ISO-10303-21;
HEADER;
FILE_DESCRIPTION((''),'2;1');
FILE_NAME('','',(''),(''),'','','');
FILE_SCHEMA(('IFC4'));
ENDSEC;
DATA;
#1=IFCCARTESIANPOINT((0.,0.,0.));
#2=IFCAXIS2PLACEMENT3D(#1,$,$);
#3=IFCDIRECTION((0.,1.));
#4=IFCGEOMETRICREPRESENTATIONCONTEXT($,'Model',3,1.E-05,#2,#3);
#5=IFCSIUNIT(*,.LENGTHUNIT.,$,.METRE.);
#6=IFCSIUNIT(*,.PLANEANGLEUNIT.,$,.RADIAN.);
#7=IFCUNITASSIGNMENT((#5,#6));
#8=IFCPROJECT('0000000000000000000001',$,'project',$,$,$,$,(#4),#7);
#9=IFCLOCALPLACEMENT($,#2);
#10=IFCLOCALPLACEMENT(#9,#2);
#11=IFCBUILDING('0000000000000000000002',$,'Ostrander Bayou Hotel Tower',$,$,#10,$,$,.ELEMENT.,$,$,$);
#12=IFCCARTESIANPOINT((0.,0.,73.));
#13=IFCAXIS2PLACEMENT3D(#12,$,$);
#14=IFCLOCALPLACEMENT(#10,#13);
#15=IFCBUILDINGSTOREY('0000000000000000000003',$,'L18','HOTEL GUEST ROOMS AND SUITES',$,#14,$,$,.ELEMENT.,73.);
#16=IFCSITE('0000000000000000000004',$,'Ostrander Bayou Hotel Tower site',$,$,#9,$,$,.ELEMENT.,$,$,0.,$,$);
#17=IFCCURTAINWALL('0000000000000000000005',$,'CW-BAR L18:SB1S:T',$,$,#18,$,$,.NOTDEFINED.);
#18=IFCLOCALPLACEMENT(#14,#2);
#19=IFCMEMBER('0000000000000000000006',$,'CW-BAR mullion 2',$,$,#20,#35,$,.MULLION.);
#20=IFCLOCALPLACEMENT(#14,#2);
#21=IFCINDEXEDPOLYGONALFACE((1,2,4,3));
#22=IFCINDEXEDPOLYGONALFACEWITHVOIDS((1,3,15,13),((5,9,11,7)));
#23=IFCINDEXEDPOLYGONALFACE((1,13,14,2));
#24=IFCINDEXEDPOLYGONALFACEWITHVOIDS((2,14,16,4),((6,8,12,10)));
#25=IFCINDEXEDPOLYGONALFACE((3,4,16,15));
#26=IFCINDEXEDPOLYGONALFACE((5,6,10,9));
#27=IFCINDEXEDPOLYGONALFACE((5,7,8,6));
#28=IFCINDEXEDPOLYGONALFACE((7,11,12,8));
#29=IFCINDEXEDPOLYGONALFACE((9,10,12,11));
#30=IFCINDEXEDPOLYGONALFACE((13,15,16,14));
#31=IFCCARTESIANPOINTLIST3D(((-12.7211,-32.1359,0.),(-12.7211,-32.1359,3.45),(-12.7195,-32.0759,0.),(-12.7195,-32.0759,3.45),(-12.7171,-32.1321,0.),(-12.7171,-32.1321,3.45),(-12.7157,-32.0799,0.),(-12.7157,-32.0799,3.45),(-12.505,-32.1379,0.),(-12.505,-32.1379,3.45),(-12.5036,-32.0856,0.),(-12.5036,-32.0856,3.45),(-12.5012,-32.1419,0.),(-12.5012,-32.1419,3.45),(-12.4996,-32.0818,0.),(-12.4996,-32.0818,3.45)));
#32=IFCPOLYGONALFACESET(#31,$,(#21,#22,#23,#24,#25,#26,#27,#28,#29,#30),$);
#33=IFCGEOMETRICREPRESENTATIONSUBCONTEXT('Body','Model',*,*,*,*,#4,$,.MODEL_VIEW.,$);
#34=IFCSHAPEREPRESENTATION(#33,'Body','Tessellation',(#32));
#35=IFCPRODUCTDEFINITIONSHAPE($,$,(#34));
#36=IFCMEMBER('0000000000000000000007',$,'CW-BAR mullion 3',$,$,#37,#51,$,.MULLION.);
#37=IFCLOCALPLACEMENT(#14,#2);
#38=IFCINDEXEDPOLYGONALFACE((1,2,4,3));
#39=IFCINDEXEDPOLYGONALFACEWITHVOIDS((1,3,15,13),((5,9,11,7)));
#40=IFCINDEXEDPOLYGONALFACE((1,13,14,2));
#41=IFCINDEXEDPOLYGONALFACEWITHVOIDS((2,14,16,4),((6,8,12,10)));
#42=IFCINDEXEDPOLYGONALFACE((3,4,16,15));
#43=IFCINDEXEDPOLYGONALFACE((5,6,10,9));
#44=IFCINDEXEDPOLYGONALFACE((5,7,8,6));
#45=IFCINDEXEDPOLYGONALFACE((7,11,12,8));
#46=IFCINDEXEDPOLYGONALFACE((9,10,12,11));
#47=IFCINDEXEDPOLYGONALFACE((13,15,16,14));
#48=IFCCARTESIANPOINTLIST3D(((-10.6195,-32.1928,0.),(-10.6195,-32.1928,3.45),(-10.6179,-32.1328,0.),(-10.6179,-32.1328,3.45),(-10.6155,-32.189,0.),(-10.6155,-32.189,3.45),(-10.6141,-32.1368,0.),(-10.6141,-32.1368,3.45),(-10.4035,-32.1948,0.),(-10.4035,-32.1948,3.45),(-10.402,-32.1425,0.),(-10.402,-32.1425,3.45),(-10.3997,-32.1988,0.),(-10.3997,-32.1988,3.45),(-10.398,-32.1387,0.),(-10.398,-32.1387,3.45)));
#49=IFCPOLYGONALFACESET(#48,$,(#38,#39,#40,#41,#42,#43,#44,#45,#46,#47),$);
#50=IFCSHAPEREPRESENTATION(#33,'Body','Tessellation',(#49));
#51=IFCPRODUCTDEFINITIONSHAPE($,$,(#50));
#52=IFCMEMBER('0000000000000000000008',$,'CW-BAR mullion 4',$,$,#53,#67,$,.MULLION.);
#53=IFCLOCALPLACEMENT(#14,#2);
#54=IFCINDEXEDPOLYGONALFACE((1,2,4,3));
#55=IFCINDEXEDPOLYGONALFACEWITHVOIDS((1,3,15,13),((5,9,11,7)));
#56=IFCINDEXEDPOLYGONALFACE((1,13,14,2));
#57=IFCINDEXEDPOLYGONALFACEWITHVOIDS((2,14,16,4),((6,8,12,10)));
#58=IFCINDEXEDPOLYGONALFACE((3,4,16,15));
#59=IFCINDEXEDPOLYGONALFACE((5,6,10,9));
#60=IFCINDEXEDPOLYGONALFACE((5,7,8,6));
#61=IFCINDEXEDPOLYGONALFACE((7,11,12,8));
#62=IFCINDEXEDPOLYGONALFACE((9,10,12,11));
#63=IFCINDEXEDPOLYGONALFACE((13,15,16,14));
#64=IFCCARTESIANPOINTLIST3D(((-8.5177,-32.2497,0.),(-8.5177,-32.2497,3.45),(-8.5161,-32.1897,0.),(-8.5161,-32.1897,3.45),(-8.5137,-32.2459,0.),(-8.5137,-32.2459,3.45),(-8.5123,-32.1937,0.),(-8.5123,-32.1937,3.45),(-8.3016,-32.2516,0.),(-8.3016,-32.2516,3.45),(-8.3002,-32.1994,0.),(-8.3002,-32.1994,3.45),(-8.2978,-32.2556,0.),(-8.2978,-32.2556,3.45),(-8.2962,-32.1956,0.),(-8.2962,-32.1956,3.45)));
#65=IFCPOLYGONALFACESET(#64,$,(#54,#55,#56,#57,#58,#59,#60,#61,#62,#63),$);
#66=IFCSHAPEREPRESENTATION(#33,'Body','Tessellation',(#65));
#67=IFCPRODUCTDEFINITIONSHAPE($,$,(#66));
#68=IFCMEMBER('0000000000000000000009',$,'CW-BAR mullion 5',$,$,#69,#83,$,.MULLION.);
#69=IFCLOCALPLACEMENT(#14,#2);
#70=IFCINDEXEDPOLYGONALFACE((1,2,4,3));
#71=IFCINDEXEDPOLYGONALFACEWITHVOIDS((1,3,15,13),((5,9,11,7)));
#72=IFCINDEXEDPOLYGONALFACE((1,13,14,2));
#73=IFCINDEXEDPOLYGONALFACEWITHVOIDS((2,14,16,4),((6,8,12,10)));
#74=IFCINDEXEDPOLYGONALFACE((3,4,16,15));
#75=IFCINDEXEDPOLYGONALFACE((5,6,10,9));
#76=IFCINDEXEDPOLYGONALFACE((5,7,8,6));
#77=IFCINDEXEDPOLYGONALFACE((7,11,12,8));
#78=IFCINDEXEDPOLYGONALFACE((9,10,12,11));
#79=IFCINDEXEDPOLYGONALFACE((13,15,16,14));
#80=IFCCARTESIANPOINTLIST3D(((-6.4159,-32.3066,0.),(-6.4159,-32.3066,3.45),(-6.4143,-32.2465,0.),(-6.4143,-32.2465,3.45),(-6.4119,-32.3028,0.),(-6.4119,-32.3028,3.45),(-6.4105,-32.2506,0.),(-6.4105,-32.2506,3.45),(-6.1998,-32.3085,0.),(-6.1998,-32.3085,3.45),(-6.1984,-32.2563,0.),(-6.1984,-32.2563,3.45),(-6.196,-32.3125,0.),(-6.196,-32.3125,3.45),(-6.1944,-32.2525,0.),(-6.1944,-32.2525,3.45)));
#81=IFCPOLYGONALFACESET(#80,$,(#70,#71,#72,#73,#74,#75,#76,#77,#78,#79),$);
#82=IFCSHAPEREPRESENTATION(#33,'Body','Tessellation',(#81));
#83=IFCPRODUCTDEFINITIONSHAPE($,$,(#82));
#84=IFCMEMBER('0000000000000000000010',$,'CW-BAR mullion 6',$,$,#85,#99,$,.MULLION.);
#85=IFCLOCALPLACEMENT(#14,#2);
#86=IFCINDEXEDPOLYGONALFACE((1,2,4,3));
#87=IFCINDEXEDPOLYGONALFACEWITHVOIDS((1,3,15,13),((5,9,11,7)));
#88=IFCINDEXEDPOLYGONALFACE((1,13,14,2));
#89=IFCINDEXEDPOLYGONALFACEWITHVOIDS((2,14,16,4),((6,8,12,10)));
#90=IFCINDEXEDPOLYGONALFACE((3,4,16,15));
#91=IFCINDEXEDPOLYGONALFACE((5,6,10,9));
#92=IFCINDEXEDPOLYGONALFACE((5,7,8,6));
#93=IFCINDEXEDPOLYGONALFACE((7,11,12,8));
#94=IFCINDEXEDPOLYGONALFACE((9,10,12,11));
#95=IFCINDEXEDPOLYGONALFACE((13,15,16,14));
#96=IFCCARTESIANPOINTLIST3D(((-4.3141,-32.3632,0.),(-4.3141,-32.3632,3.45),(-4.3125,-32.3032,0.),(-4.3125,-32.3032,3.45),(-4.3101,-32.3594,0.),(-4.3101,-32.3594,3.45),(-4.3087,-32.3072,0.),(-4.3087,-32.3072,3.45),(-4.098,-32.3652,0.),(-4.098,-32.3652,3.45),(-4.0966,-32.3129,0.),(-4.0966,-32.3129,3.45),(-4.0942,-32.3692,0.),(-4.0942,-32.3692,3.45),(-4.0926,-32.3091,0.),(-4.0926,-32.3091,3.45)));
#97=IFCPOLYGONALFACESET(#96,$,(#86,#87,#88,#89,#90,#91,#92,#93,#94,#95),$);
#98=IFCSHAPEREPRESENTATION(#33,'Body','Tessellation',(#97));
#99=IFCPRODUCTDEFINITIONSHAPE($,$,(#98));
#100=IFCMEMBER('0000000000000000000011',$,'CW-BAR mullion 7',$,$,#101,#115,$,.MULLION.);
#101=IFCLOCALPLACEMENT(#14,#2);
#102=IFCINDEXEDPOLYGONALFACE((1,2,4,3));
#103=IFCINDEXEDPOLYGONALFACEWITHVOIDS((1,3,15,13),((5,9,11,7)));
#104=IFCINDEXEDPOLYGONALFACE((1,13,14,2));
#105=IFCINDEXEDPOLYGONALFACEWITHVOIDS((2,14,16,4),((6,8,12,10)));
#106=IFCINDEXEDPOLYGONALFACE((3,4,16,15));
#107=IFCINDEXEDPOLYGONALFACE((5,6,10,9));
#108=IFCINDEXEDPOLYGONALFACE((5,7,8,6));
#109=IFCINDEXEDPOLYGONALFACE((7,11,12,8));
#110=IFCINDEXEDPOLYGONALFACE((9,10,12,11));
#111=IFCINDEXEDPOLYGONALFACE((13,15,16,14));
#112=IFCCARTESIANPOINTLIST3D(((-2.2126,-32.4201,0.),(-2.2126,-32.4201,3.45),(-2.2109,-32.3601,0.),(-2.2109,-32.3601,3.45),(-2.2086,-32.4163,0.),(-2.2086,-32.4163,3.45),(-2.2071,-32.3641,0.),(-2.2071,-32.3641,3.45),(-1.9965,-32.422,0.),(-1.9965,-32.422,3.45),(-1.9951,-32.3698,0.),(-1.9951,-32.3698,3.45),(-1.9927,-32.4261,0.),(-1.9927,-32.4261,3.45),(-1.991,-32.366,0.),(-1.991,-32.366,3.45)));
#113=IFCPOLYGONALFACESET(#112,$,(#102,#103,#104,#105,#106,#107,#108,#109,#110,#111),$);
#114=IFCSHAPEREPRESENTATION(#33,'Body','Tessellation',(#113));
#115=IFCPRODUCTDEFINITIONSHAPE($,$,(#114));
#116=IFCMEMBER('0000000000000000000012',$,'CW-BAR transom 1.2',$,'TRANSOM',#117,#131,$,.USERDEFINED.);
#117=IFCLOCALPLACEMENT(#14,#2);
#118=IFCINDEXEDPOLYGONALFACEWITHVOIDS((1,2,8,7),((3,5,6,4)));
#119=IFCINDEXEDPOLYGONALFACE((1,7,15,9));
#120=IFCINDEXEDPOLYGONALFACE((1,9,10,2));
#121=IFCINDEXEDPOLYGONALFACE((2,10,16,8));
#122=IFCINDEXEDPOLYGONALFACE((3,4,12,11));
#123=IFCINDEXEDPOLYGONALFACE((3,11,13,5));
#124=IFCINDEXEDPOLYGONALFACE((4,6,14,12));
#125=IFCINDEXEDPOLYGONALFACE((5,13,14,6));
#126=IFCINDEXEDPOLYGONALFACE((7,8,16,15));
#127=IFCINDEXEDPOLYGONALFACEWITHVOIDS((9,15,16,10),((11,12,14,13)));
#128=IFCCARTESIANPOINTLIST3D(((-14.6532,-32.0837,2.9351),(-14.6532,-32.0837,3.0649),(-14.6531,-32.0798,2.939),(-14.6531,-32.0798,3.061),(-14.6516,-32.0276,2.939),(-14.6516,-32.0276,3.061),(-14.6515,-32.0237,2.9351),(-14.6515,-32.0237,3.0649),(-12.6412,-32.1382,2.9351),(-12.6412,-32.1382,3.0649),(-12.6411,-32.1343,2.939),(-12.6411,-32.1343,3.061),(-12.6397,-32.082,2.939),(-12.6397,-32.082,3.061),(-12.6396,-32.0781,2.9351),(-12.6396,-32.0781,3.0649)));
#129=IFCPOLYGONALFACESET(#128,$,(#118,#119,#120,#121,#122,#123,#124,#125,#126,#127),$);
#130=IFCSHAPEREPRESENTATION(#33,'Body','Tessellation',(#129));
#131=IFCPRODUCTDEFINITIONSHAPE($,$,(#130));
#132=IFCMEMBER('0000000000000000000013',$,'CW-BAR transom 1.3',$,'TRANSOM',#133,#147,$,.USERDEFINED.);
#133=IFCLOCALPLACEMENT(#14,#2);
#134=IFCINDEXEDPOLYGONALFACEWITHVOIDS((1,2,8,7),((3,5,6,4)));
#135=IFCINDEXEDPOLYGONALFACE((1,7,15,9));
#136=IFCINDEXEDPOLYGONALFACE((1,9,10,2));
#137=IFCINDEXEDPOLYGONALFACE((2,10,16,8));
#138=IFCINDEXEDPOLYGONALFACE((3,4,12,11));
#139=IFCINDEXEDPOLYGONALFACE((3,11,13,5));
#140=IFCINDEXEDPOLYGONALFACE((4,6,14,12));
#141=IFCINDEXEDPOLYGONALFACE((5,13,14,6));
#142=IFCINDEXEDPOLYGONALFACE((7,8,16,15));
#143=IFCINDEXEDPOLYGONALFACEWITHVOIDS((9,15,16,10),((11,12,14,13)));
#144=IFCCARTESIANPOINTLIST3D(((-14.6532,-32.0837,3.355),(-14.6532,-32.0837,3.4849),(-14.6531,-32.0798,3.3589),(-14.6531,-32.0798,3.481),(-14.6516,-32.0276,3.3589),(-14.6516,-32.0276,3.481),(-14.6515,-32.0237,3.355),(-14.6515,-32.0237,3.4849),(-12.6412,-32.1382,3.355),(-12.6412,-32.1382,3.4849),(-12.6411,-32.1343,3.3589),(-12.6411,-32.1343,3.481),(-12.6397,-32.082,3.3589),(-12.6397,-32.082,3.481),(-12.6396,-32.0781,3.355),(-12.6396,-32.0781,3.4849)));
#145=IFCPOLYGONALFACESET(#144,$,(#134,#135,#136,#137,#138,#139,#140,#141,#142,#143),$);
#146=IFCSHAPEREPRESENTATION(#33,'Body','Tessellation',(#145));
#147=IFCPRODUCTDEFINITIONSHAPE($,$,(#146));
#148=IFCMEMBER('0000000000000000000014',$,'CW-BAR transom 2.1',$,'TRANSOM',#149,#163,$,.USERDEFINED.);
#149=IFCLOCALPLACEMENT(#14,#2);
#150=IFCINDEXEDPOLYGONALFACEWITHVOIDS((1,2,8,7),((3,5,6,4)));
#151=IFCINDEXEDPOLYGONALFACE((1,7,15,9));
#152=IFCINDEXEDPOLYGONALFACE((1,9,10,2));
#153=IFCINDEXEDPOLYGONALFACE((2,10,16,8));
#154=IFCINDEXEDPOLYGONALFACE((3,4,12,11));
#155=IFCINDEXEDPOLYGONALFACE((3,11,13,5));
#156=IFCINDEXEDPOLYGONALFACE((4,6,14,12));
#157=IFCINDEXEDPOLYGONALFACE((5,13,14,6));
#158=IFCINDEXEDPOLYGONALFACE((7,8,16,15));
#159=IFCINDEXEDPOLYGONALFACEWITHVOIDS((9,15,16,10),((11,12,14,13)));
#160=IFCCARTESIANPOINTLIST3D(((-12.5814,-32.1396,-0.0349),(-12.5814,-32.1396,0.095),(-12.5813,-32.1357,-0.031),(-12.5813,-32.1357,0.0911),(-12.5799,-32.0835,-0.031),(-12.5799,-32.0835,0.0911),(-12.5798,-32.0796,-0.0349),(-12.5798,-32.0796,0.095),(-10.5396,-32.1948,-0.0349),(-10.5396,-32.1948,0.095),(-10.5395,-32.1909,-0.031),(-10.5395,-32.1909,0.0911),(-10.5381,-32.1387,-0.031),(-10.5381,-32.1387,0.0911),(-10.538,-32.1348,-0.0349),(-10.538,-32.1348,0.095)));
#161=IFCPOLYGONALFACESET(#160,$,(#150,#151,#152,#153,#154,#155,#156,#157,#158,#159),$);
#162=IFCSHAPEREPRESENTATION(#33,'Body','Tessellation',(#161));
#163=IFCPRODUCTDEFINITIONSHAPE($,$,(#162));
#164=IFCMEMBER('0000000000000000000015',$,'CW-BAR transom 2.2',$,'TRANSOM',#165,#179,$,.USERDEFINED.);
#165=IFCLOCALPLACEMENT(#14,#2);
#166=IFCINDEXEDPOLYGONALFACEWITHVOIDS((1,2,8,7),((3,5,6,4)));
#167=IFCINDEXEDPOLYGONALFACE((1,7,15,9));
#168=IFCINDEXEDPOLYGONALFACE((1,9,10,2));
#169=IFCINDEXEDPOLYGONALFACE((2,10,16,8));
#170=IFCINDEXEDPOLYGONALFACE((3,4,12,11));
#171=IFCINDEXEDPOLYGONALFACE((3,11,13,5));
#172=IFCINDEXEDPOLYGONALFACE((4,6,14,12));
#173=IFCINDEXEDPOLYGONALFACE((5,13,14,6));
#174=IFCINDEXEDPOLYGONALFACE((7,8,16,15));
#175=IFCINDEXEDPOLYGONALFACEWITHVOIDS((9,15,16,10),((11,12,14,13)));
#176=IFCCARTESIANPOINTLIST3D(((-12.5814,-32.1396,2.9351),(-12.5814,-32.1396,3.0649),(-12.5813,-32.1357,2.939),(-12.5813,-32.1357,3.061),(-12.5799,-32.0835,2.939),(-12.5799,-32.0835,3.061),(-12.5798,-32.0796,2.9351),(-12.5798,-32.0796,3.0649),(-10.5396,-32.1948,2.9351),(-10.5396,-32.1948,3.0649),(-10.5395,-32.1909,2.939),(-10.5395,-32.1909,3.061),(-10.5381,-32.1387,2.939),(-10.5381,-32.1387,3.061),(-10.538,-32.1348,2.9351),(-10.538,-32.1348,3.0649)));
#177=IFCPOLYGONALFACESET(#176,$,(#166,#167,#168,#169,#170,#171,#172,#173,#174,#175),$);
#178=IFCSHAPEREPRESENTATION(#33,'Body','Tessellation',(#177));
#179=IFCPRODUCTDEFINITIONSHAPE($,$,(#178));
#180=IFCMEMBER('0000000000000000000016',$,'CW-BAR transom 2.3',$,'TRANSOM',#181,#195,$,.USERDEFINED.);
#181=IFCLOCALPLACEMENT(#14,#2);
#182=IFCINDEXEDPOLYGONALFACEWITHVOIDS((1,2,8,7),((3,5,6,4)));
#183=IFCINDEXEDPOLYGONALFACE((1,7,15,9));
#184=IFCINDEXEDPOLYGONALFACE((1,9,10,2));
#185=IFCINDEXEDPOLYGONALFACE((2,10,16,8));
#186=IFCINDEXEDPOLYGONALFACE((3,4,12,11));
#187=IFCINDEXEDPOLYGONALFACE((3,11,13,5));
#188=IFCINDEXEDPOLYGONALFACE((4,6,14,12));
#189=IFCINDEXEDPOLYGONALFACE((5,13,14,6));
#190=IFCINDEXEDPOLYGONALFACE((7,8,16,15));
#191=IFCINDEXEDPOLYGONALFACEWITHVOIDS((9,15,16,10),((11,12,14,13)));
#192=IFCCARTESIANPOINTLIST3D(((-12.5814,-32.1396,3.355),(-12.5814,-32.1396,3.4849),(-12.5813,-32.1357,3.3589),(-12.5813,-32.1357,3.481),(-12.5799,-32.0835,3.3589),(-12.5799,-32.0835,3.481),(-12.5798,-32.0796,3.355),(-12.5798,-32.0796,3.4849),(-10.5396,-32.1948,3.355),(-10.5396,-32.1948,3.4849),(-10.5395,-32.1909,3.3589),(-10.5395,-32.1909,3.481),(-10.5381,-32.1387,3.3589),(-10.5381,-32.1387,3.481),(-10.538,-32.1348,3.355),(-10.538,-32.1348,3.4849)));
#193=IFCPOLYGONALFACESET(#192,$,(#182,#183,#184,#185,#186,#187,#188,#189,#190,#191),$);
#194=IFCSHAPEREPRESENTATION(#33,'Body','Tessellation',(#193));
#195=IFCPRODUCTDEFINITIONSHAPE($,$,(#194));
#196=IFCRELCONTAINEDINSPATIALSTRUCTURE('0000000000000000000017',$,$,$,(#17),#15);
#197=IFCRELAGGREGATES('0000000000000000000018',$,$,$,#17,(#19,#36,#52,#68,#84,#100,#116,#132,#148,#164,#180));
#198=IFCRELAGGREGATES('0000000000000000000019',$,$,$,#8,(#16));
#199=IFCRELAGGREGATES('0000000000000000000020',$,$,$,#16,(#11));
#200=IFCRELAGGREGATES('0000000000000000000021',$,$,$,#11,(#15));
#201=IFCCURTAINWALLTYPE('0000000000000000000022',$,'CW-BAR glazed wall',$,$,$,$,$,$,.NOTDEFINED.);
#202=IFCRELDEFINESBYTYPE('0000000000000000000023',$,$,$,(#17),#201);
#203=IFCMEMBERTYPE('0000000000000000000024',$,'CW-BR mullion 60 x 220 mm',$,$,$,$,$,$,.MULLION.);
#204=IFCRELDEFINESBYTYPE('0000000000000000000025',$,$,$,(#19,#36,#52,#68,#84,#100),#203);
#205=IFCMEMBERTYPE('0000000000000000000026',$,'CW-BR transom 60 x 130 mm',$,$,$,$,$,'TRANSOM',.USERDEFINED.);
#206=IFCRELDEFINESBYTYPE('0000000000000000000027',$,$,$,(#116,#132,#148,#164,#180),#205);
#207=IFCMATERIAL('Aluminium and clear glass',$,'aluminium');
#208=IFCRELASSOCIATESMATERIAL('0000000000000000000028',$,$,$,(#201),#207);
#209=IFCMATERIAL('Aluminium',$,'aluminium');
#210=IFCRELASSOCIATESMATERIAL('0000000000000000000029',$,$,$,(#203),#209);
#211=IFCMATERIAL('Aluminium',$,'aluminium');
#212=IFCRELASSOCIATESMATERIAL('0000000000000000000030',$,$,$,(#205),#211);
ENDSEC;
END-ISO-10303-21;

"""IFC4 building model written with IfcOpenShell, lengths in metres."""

from ifc_helpers import new_model, si_unit, direction, frame, origin, origin_2d, place, context, subcontext, project, spatial, hollow_rectangle, extrude, material, material_profile, profile_set, type_object, element, aggregate, save


model = new_model("IFC4")

# Units and contexts
model_context = context("Model", 3, precision=1e-05, world=origin(), true_north=direction((0.0, 1.0)))
body_context = subcontext(model_context, "Body", "Model", "MODEL_VIEW")
ifc_project = project(units=[si_unit("LENGTHUNIT", "METRE"), si_unit("PLANEANGLEUNIT", "RADIAN")], contexts=[model_context])

# Site, building, storey
site_placement = place(None, origin())
site = spatial("IfcSite", under=ifc_project, at=site_placement, Name="Ostrander Bayou Hotel Tower site", CompositionType="ELEMENT", RefElevation=0.0)
building_placement = place(site_placement, origin())
building = spatial("IfcBuilding", under=site, at=building_placement, Name="Ostrander Bayou Hotel Tower", CompositionType="ELEMENT")
storey_placement = place(building_placement, frame((0.0, 0.0, 73.0)))
storey = spatial("IfcBuildingStorey", under=building, at=storey_placement, Name="L18", Description="HOTEL GUEST ROOMS AND SUITES", CompositionType="ELEMENT", Elevation=73.0)

# Curtain wall, members
ifc_material_1 = material(Name="Aluminium and clear glass", Category="aluminium")
curtain_wall_type = type_object("IfcCurtainWallType", Name="CW-BAR glazed wall", PredefinedType="NOTDEFINED", material=ifc_material_1)
curtain_wall_placement = place(storey_placement, origin())
curtain_wall = element("IfcCurtainWall", 1, at=curtain_wall_placement, inside=storey, type_object=curtain_wall_type, Name="CW-BAR L18:SB1S:T", PredefinedType="NOTDEFINED")
ifc_material_2 = material(Name="Aluminium", Category="aluminium")
ifc_material_profile_1 = material_profile(ifc_material_2, hollow_rectangle(XDim=0.0601, YDim=0.22, WallThickness=0.0039, at=origin_2d()))
ifc_profile_set_1 = profile_set([ifc_material_profile_1], Name="Aluminium")
member_type_1 = type_object("IfcMemberType", Name="CW-BR mullion 60 x 220 mm", PredefinedType="MULLION", material=ifc_profile_set_1)
member_1_placement = place(storey_placement, frame((-12.6104, -32.1089, 0.0), z_axis=(0.0, 0.0, 1.0), x_axis=(0.027042, 0.999634, 0.0)))
member_1 = element("IfcMember", 2, at=member_1_placement, type_object=member_type_1, Name="CW-BAR mullion 2", PredefinedType="MULLION", context=body_context, shape_type="SweptSolid", body=[
    extrude(hollow_rectangle(XDim=0.0601, YDim=0.22, WallThickness=0.0039, at=origin_2d()), origin(), (0.0, 0.0, 1.0), 3.45),
])
member_2_placement = place(storey_placement, frame((-10.5088, -32.1658, 0.0), z_axis=(0.0, 0.0, 1.0), x_axis=(0.027042, 0.999634, 0.0)))
member_2 = element("IfcMember", 3, at=member_2_placement, type_object=member_type_1, Name="CW-BAR mullion 3", PredefinedType="MULLION", context=body_context, shape_type="SweptSolid", body=[
    extrude(hollow_rectangle(XDim=0.0601, YDim=0.22, WallThickness=0.0039, at=origin_2d()), origin(), (0.0, 0.0, 1.0), 3.45),
])
member_3_placement = place(storey_placement, frame((-8.407, -32.2227, 0.0), z_axis=(0.0, 0.0, 1.0), x_axis=(0.027042, 0.999634, 0.0)))
member_3 = element("IfcMember", 4, at=member_3_placement, type_object=member_type_1, Name="CW-BAR mullion 4", PredefinedType="MULLION", context=body_context, shape_type="SweptSolid", body=[
    extrude(hollow_rectangle(XDim=0.0601, YDim=0.22, WallThickness=0.0039, at=origin_2d()), origin(), (0.0, 0.0, 1.0), 3.45),
])
member_4_placement = place(storey_placement, frame((-6.3052, -32.2795, 0.0), z_axis=(0.0, 0.0, 1.0), x_axis=(0.027042, 0.999634, 0.0)))
member_4 = element("IfcMember", 5, at=member_4_placement, type_object=member_type_1, Name="CW-BAR mullion 5", PredefinedType="MULLION", context=body_context, shape_type="SweptSolid", body=[
    extrude(hollow_rectangle(XDim=0.0601, YDim=0.22, WallThickness=0.0039, at=origin_2d()), origin(), (0.0, 0.0, 1.0), 3.45),
])
member_5_placement = place(storey_placement, frame((-4.2034, -32.3362, 0.0), z_axis=(0.0, 0.0, 1.0), x_axis=(0.027042, 0.999634, 0.0)))
member_5 = element("IfcMember", 6, at=member_5_placement, type_object=member_type_1, Name="CW-BAR mullion 6", PredefinedType="MULLION", context=body_context, shape_type="SweptSolid", body=[
    extrude(hollow_rectangle(XDim=0.0601, YDim=0.22, WallThickness=0.0039, at=origin_2d()), origin(), (0.0, 0.0, 1.0), 3.45),
])
member_6_placement = place(storey_placement, frame((-2.1018, -32.3931, 0.0), z_axis=(0.0, 0.0, 1.0), x_axis=(0.027042, 0.999634, 0.0)))
member_6 = element("IfcMember", 7, at=member_6_placement, type_object=member_type_1, Name="CW-BAR mullion 7", PredefinedType="MULLION", context=body_context, shape_type="SweptSolid", body=[
    extrude(hollow_rectangle(XDim=0.0601, YDim=0.22, WallThickness=0.0039, at=origin_2d()), origin(), (0.0, 0.0, 1.0), 3.45),
])
ifc_material_3 = material(Name="Aluminium", Category="aluminium")
ifc_material_profile_2 = material_profile(ifc_material_3, hollow_rectangle(XDim=0.0601, YDim=0.1299, WallThickness=0.0039, at=origin_2d()))
ifc_profile_set_2 = profile_set([ifc_material_profile_2], Name="Aluminium")
member_type_2 = type_object("IfcMemberType", Name="CW-BR transom 60 x 130 mm", ElementType="TRANSOM", PredefinedType="USERDEFINED", material=ifc_profile_set_2)
member_7_placement = place(storey_placement, frame((-14.6523, -32.0537, 3.0), z_axis=(0.999634, -0.02705, 0.0), x_axis=(0.02705, 0.999634, 0.0)))
member_7 = element("IfcMember", 8, at=member_7_placement, type_object=member_type_2, Name="CW-BAR transom 1.2", ObjectType="TRANSOM", PredefinedType="USERDEFINED", context=body_context, shape_type="SweptSolid", body=[
    extrude(hollow_rectangle(XDim=0.0601, YDim=0.1299, WallThickness=0.0039, at=origin_2d()), origin(), (0.0, 0.0, 1.0), 2.0127),
])
member_8_placement = place(storey_placement, frame((-14.6523, -32.0537, 3.4199), z_axis=(0.999634, -0.02705, 0.0), x_axis=(0.02705, 0.999634, 0.0)))
member_8 = element("IfcMember", 9, at=member_8_placement, type_object=member_type_2, Name="CW-BAR transom 1.3", ObjectType="TRANSOM", PredefinedType="USERDEFINED", context=body_context, shape_type="SweptSolid", body=[
    extrude(hollow_rectangle(XDim=0.0601, YDim=0.1299, WallThickness=0.0039, at=origin_2d()), origin(), (0.0, 0.0, 1.0), 2.0127),
])
member_9_placement = place(storey_placement, frame((-12.5806, -32.1096, 0.03), z_axis=(0.999635, -0.027014, 0.0), x_axis=(0.027014, 0.999635, 0.0)))
member_9 = element("IfcMember", 10, at=member_9_placement, type_object=member_type_2, Name="CW-BAR transom 2.1", ObjectType="TRANSOM", PredefinedType="USERDEFINED", context=body_context, shape_type="SweptSolid", body=[
    extrude(hollow_rectangle(XDim=0.0601, YDim=0.1299, WallThickness=0.0039, at=origin_2d()), origin(), (0.0, 0.0, 1.0), 2.0425),
])
member_10_placement = place(storey_placement, frame((-12.5806, -32.1096, 3.0), z_axis=(0.999635, -0.027014, 0.0), x_axis=(0.027014, 0.999635, 0.0)))
member_10 = element("IfcMember", 11, at=member_10_placement, type_object=member_type_2, Name="CW-BAR transom 2.2", ObjectType="TRANSOM", PredefinedType="USERDEFINED", context=body_context, shape_type="SweptSolid", body=[
    extrude(hollow_rectangle(XDim=0.0601, YDim=0.1299, WallThickness=0.0039, at=origin_2d()), origin(), (0.0, 0.0, 1.0), 2.0425),
])
member_11_placement = place(storey_placement, frame((-12.5806, -32.1096, 3.4199), z_axis=(0.999635, -0.027014, 0.0), x_axis=(0.027014, 0.999635, 0.0)))
member_11 = element("IfcMember", 12, at=member_11_placement, type_object=member_type_2, Name="CW-BAR transom 2.3", ObjectType="TRANSOM", PredefinedType="USERDEFINED", context=body_context, shape_type="SweptSolid", body=[
    extrude(hollow_rectangle(XDim=0.0601, YDim=0.1299, WallThickness=0.0039, at=origin_2d()), origin(), (0.0, 0.0, 1.0), 2.0425),
])
aggregate(curtain_wall, [member_1, member_2, member_3, member_4, member_5, member_6, member_7, member_8, member_9, member_10, member_11])

save(model, "model.ifc")
